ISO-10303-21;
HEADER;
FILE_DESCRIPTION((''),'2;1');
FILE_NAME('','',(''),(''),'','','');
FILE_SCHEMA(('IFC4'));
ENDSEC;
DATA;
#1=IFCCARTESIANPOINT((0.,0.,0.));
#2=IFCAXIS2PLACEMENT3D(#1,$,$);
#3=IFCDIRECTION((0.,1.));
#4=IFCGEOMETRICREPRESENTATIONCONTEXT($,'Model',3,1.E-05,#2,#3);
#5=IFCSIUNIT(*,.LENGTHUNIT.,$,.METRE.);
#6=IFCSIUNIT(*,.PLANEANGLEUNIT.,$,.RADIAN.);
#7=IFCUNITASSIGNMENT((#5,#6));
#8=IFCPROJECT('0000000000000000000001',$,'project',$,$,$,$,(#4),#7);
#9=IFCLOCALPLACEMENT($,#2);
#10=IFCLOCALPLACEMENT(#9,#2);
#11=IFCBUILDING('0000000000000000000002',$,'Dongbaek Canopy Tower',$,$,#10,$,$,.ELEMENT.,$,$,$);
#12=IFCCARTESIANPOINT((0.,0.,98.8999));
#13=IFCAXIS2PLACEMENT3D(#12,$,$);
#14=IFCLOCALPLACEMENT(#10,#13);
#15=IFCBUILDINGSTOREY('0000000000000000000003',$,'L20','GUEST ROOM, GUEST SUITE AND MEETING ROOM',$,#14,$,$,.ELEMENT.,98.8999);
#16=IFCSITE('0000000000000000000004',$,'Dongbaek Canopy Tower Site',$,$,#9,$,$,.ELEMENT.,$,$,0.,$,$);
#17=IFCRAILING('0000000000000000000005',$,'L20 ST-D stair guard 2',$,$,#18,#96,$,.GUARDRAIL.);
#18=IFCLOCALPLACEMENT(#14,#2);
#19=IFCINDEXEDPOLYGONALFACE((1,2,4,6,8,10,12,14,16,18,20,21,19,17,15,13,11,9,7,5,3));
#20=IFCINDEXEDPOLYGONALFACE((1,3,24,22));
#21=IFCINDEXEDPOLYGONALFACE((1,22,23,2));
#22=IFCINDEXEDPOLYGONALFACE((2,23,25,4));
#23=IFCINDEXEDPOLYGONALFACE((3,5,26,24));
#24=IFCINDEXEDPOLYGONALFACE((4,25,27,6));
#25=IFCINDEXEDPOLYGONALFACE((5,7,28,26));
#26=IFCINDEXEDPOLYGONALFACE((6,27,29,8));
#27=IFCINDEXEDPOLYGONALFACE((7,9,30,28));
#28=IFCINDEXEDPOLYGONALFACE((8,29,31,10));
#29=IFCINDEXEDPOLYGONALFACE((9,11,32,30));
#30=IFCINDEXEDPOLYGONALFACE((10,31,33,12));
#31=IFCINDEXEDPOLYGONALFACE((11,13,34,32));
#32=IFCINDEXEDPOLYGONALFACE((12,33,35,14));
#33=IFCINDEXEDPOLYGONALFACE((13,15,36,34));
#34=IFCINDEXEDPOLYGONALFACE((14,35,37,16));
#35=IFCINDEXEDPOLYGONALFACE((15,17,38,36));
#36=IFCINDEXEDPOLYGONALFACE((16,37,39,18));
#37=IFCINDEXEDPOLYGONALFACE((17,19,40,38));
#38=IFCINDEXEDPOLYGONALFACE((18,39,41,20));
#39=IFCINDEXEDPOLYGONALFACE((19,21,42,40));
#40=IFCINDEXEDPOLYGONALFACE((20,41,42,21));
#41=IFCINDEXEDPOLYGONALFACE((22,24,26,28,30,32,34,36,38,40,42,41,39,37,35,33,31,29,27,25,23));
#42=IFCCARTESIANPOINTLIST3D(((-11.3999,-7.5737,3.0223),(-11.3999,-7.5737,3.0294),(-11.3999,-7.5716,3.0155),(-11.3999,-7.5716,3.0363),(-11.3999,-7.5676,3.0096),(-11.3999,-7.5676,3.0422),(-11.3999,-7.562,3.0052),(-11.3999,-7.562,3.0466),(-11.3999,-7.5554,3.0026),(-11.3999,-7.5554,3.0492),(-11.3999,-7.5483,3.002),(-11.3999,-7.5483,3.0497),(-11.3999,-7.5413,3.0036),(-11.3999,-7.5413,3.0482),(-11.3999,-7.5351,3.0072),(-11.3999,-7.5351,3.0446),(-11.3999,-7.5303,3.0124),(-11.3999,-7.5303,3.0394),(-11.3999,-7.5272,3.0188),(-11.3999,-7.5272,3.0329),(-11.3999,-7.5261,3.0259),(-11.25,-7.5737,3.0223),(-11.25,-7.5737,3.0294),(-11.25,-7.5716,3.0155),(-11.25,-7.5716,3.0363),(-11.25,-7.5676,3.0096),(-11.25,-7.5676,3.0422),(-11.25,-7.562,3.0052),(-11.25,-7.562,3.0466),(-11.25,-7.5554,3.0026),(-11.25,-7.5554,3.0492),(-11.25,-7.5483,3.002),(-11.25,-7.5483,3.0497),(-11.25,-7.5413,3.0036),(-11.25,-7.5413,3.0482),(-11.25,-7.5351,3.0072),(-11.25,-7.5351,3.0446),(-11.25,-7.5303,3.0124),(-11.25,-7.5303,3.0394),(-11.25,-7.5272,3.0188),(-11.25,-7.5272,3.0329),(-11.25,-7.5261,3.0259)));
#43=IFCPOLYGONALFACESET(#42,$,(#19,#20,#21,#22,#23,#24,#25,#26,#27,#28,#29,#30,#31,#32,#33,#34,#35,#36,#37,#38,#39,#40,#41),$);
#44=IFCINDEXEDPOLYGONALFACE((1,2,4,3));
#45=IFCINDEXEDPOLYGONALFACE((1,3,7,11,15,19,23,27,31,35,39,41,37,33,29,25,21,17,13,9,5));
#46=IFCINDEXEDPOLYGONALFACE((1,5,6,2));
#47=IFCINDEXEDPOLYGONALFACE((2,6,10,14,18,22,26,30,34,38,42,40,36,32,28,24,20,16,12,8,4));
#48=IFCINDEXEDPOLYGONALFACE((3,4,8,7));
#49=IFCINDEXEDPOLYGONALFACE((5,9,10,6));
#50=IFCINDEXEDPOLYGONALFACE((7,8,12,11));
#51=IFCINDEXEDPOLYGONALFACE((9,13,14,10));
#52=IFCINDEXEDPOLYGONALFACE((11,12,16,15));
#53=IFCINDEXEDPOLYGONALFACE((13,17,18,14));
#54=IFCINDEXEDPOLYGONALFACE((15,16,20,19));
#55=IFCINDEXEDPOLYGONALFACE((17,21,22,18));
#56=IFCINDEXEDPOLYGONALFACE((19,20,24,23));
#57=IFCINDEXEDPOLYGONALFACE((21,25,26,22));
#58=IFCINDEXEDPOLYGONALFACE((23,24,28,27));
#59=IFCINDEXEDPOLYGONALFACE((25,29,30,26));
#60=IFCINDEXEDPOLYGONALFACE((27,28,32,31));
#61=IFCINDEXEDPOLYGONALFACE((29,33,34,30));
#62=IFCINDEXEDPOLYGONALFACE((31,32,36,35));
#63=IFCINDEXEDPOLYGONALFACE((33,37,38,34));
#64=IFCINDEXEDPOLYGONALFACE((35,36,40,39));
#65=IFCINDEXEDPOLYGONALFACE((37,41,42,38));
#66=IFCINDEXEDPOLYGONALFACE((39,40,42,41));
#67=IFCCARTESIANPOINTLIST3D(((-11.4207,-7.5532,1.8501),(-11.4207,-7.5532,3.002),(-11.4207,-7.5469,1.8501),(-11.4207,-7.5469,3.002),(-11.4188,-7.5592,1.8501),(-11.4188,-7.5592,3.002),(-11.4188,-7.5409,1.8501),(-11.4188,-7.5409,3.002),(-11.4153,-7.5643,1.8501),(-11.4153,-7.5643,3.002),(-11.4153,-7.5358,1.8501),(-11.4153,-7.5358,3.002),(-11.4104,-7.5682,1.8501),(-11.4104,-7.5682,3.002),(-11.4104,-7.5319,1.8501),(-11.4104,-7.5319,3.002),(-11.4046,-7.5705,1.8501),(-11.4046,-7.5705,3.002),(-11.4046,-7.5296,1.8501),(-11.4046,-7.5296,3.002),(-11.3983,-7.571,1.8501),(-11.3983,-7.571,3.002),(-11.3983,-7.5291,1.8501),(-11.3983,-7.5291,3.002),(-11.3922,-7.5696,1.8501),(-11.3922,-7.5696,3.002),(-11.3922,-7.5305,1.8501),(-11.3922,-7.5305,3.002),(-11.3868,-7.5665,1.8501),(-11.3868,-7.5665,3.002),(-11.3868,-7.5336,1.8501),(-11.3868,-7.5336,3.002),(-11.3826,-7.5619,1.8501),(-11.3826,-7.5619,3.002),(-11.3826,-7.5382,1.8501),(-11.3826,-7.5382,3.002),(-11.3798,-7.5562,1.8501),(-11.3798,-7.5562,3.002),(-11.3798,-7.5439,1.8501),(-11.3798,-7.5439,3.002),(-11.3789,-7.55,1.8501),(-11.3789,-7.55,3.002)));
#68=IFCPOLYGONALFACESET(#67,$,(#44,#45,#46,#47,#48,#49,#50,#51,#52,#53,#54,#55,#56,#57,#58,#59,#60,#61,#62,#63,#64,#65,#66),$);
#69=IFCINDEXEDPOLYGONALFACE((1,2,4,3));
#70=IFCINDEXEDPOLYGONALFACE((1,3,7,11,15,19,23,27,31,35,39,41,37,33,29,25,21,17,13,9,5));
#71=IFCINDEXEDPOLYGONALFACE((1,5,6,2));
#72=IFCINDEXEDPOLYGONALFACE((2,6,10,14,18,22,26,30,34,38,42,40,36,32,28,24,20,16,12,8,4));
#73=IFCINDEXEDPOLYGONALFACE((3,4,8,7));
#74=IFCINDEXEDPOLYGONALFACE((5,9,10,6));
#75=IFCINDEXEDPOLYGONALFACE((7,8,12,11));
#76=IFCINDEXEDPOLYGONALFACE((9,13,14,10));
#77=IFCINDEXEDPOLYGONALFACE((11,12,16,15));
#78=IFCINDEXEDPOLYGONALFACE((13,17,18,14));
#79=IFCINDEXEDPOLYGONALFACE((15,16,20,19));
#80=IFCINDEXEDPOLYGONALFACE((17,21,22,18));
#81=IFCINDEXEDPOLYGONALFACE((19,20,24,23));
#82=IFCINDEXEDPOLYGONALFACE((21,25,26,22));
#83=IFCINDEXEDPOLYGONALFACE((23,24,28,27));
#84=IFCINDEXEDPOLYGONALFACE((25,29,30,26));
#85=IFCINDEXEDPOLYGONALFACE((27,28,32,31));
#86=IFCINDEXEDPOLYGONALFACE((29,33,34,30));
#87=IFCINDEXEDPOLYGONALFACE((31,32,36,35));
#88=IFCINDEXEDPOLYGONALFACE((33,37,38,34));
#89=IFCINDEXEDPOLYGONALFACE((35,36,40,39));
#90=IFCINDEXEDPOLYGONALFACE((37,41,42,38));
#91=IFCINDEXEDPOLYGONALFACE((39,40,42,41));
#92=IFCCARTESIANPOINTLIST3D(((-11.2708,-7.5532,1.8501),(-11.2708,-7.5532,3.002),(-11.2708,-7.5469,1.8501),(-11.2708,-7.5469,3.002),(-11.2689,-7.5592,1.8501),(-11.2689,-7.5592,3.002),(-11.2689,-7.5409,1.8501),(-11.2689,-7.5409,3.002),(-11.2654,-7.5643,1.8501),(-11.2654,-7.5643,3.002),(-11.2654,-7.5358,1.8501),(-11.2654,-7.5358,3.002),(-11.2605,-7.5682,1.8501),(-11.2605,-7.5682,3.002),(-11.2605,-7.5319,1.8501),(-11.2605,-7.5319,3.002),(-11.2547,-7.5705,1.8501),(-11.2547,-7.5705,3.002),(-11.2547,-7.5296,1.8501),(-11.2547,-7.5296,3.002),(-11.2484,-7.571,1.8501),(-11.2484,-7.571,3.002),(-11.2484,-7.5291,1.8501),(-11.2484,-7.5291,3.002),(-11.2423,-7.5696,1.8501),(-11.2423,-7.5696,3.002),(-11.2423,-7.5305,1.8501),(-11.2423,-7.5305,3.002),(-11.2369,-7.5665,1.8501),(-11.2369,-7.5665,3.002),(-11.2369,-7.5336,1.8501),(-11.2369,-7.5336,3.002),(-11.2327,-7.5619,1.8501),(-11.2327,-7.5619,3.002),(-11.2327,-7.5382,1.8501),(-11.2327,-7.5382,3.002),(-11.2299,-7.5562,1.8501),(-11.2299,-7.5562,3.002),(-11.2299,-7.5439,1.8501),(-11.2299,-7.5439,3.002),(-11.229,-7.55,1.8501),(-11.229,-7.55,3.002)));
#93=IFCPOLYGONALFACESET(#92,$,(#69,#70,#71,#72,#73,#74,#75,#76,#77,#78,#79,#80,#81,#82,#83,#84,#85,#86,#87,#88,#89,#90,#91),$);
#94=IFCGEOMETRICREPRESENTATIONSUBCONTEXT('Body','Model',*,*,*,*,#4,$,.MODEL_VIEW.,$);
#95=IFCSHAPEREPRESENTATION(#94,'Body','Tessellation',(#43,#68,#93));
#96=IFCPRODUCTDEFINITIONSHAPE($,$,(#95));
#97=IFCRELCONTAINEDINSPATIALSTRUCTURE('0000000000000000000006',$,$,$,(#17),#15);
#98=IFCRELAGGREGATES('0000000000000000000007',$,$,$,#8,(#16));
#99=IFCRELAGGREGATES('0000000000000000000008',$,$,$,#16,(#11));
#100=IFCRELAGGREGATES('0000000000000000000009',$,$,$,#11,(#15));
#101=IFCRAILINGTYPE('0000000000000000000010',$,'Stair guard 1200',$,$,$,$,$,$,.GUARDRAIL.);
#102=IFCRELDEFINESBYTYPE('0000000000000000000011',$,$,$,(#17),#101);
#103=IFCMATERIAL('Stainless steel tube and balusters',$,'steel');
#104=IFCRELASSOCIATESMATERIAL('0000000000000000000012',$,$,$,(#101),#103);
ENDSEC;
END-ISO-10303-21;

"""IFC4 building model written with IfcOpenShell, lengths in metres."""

from ifc_helpers import new_model, si_unit, direction, frame, origin, origin_2d, place, context, subcontext, project, spatial, circle, extrude, material, type_object, element, save


model = new_model("IFC4")

# Units and contexts
model_context = context("Model", 3, precision=1e-05, world=origin(), true_north=direction((0.0, 1.0)))
body_context = subcontext(model_context, "Body", "Model", "MODEL_VIEW")
ifc_project = project(units=[si_unit("LENGTHUNIT", "METRE"), si_unit("PLANEANGLEUNIT", "RADIAN")], contexts=[model_context])

# Site, building, storey
site_placement = place(None, origin())
site = spatial("IfcSite", under=ifc_project, at=site_placement, Name="Dongbaek Canopy Tower Site", CompositionType="ELEMENT", RefElevation=0.0)
building_placement = place(site_placement, origin())
building = spatial("IfcBuilding", under=site, at=building_placement, Name="Dongbaek Canopy Tower", CompositionType="ELEMENT")
storey_placement = place(building_placement, frame((0.0, 0.0, 98.8999)))
storey = spatial("IfcBuildingStorey", under=building, at=storey_placement, Name="L20", Description="GUEST ROOM, GUEST SUITE AND MEETING ROOM", CompositionType="ELEMENT", Elevation=98.8999)

# Railing
ifc_material_1 = material(Name="Stainless steel tube and balusters", Category="steel")
railing_type_1 = type_object("IfcRailingType", Name="Stair guard 1200", PredefinedType="GUARDRAIL", material=ifc_material_1)
railing_1_placement = place(storey_placement, frame((-11.3999, -7.55, 1.8501)))
element("IfcRailing", 1, at=railing_1_placement, inside=storey, type_object=railing_type_1, Name="L20 ST-D stair guard 2", PredefinedType="GUARDRAIL", context=body_context, shape_type="SweptSolid", body=[
    extrude(circle(Radius=0.0239, at=origin_2d()), frame((0.0, 0.0, 1.1758), z_axis=(1.0, 0.0, 0.0), x_axis=(0.0, 1.0, 0.0)), (0.0, 0.0, 1.0), 0.1499),
    extrude(circle(Radius=0.021, at=origin_2d()), origin(), (0.0, 0.0, 1.0), 1.1519),
    extrude(circle(Radius=0.021, at=origin_2d()), frame((0.1499, 0.0, 0.0)), (0.0, 0.0, 1.0), 1.1519),
])

save(model, "model.ifc")
